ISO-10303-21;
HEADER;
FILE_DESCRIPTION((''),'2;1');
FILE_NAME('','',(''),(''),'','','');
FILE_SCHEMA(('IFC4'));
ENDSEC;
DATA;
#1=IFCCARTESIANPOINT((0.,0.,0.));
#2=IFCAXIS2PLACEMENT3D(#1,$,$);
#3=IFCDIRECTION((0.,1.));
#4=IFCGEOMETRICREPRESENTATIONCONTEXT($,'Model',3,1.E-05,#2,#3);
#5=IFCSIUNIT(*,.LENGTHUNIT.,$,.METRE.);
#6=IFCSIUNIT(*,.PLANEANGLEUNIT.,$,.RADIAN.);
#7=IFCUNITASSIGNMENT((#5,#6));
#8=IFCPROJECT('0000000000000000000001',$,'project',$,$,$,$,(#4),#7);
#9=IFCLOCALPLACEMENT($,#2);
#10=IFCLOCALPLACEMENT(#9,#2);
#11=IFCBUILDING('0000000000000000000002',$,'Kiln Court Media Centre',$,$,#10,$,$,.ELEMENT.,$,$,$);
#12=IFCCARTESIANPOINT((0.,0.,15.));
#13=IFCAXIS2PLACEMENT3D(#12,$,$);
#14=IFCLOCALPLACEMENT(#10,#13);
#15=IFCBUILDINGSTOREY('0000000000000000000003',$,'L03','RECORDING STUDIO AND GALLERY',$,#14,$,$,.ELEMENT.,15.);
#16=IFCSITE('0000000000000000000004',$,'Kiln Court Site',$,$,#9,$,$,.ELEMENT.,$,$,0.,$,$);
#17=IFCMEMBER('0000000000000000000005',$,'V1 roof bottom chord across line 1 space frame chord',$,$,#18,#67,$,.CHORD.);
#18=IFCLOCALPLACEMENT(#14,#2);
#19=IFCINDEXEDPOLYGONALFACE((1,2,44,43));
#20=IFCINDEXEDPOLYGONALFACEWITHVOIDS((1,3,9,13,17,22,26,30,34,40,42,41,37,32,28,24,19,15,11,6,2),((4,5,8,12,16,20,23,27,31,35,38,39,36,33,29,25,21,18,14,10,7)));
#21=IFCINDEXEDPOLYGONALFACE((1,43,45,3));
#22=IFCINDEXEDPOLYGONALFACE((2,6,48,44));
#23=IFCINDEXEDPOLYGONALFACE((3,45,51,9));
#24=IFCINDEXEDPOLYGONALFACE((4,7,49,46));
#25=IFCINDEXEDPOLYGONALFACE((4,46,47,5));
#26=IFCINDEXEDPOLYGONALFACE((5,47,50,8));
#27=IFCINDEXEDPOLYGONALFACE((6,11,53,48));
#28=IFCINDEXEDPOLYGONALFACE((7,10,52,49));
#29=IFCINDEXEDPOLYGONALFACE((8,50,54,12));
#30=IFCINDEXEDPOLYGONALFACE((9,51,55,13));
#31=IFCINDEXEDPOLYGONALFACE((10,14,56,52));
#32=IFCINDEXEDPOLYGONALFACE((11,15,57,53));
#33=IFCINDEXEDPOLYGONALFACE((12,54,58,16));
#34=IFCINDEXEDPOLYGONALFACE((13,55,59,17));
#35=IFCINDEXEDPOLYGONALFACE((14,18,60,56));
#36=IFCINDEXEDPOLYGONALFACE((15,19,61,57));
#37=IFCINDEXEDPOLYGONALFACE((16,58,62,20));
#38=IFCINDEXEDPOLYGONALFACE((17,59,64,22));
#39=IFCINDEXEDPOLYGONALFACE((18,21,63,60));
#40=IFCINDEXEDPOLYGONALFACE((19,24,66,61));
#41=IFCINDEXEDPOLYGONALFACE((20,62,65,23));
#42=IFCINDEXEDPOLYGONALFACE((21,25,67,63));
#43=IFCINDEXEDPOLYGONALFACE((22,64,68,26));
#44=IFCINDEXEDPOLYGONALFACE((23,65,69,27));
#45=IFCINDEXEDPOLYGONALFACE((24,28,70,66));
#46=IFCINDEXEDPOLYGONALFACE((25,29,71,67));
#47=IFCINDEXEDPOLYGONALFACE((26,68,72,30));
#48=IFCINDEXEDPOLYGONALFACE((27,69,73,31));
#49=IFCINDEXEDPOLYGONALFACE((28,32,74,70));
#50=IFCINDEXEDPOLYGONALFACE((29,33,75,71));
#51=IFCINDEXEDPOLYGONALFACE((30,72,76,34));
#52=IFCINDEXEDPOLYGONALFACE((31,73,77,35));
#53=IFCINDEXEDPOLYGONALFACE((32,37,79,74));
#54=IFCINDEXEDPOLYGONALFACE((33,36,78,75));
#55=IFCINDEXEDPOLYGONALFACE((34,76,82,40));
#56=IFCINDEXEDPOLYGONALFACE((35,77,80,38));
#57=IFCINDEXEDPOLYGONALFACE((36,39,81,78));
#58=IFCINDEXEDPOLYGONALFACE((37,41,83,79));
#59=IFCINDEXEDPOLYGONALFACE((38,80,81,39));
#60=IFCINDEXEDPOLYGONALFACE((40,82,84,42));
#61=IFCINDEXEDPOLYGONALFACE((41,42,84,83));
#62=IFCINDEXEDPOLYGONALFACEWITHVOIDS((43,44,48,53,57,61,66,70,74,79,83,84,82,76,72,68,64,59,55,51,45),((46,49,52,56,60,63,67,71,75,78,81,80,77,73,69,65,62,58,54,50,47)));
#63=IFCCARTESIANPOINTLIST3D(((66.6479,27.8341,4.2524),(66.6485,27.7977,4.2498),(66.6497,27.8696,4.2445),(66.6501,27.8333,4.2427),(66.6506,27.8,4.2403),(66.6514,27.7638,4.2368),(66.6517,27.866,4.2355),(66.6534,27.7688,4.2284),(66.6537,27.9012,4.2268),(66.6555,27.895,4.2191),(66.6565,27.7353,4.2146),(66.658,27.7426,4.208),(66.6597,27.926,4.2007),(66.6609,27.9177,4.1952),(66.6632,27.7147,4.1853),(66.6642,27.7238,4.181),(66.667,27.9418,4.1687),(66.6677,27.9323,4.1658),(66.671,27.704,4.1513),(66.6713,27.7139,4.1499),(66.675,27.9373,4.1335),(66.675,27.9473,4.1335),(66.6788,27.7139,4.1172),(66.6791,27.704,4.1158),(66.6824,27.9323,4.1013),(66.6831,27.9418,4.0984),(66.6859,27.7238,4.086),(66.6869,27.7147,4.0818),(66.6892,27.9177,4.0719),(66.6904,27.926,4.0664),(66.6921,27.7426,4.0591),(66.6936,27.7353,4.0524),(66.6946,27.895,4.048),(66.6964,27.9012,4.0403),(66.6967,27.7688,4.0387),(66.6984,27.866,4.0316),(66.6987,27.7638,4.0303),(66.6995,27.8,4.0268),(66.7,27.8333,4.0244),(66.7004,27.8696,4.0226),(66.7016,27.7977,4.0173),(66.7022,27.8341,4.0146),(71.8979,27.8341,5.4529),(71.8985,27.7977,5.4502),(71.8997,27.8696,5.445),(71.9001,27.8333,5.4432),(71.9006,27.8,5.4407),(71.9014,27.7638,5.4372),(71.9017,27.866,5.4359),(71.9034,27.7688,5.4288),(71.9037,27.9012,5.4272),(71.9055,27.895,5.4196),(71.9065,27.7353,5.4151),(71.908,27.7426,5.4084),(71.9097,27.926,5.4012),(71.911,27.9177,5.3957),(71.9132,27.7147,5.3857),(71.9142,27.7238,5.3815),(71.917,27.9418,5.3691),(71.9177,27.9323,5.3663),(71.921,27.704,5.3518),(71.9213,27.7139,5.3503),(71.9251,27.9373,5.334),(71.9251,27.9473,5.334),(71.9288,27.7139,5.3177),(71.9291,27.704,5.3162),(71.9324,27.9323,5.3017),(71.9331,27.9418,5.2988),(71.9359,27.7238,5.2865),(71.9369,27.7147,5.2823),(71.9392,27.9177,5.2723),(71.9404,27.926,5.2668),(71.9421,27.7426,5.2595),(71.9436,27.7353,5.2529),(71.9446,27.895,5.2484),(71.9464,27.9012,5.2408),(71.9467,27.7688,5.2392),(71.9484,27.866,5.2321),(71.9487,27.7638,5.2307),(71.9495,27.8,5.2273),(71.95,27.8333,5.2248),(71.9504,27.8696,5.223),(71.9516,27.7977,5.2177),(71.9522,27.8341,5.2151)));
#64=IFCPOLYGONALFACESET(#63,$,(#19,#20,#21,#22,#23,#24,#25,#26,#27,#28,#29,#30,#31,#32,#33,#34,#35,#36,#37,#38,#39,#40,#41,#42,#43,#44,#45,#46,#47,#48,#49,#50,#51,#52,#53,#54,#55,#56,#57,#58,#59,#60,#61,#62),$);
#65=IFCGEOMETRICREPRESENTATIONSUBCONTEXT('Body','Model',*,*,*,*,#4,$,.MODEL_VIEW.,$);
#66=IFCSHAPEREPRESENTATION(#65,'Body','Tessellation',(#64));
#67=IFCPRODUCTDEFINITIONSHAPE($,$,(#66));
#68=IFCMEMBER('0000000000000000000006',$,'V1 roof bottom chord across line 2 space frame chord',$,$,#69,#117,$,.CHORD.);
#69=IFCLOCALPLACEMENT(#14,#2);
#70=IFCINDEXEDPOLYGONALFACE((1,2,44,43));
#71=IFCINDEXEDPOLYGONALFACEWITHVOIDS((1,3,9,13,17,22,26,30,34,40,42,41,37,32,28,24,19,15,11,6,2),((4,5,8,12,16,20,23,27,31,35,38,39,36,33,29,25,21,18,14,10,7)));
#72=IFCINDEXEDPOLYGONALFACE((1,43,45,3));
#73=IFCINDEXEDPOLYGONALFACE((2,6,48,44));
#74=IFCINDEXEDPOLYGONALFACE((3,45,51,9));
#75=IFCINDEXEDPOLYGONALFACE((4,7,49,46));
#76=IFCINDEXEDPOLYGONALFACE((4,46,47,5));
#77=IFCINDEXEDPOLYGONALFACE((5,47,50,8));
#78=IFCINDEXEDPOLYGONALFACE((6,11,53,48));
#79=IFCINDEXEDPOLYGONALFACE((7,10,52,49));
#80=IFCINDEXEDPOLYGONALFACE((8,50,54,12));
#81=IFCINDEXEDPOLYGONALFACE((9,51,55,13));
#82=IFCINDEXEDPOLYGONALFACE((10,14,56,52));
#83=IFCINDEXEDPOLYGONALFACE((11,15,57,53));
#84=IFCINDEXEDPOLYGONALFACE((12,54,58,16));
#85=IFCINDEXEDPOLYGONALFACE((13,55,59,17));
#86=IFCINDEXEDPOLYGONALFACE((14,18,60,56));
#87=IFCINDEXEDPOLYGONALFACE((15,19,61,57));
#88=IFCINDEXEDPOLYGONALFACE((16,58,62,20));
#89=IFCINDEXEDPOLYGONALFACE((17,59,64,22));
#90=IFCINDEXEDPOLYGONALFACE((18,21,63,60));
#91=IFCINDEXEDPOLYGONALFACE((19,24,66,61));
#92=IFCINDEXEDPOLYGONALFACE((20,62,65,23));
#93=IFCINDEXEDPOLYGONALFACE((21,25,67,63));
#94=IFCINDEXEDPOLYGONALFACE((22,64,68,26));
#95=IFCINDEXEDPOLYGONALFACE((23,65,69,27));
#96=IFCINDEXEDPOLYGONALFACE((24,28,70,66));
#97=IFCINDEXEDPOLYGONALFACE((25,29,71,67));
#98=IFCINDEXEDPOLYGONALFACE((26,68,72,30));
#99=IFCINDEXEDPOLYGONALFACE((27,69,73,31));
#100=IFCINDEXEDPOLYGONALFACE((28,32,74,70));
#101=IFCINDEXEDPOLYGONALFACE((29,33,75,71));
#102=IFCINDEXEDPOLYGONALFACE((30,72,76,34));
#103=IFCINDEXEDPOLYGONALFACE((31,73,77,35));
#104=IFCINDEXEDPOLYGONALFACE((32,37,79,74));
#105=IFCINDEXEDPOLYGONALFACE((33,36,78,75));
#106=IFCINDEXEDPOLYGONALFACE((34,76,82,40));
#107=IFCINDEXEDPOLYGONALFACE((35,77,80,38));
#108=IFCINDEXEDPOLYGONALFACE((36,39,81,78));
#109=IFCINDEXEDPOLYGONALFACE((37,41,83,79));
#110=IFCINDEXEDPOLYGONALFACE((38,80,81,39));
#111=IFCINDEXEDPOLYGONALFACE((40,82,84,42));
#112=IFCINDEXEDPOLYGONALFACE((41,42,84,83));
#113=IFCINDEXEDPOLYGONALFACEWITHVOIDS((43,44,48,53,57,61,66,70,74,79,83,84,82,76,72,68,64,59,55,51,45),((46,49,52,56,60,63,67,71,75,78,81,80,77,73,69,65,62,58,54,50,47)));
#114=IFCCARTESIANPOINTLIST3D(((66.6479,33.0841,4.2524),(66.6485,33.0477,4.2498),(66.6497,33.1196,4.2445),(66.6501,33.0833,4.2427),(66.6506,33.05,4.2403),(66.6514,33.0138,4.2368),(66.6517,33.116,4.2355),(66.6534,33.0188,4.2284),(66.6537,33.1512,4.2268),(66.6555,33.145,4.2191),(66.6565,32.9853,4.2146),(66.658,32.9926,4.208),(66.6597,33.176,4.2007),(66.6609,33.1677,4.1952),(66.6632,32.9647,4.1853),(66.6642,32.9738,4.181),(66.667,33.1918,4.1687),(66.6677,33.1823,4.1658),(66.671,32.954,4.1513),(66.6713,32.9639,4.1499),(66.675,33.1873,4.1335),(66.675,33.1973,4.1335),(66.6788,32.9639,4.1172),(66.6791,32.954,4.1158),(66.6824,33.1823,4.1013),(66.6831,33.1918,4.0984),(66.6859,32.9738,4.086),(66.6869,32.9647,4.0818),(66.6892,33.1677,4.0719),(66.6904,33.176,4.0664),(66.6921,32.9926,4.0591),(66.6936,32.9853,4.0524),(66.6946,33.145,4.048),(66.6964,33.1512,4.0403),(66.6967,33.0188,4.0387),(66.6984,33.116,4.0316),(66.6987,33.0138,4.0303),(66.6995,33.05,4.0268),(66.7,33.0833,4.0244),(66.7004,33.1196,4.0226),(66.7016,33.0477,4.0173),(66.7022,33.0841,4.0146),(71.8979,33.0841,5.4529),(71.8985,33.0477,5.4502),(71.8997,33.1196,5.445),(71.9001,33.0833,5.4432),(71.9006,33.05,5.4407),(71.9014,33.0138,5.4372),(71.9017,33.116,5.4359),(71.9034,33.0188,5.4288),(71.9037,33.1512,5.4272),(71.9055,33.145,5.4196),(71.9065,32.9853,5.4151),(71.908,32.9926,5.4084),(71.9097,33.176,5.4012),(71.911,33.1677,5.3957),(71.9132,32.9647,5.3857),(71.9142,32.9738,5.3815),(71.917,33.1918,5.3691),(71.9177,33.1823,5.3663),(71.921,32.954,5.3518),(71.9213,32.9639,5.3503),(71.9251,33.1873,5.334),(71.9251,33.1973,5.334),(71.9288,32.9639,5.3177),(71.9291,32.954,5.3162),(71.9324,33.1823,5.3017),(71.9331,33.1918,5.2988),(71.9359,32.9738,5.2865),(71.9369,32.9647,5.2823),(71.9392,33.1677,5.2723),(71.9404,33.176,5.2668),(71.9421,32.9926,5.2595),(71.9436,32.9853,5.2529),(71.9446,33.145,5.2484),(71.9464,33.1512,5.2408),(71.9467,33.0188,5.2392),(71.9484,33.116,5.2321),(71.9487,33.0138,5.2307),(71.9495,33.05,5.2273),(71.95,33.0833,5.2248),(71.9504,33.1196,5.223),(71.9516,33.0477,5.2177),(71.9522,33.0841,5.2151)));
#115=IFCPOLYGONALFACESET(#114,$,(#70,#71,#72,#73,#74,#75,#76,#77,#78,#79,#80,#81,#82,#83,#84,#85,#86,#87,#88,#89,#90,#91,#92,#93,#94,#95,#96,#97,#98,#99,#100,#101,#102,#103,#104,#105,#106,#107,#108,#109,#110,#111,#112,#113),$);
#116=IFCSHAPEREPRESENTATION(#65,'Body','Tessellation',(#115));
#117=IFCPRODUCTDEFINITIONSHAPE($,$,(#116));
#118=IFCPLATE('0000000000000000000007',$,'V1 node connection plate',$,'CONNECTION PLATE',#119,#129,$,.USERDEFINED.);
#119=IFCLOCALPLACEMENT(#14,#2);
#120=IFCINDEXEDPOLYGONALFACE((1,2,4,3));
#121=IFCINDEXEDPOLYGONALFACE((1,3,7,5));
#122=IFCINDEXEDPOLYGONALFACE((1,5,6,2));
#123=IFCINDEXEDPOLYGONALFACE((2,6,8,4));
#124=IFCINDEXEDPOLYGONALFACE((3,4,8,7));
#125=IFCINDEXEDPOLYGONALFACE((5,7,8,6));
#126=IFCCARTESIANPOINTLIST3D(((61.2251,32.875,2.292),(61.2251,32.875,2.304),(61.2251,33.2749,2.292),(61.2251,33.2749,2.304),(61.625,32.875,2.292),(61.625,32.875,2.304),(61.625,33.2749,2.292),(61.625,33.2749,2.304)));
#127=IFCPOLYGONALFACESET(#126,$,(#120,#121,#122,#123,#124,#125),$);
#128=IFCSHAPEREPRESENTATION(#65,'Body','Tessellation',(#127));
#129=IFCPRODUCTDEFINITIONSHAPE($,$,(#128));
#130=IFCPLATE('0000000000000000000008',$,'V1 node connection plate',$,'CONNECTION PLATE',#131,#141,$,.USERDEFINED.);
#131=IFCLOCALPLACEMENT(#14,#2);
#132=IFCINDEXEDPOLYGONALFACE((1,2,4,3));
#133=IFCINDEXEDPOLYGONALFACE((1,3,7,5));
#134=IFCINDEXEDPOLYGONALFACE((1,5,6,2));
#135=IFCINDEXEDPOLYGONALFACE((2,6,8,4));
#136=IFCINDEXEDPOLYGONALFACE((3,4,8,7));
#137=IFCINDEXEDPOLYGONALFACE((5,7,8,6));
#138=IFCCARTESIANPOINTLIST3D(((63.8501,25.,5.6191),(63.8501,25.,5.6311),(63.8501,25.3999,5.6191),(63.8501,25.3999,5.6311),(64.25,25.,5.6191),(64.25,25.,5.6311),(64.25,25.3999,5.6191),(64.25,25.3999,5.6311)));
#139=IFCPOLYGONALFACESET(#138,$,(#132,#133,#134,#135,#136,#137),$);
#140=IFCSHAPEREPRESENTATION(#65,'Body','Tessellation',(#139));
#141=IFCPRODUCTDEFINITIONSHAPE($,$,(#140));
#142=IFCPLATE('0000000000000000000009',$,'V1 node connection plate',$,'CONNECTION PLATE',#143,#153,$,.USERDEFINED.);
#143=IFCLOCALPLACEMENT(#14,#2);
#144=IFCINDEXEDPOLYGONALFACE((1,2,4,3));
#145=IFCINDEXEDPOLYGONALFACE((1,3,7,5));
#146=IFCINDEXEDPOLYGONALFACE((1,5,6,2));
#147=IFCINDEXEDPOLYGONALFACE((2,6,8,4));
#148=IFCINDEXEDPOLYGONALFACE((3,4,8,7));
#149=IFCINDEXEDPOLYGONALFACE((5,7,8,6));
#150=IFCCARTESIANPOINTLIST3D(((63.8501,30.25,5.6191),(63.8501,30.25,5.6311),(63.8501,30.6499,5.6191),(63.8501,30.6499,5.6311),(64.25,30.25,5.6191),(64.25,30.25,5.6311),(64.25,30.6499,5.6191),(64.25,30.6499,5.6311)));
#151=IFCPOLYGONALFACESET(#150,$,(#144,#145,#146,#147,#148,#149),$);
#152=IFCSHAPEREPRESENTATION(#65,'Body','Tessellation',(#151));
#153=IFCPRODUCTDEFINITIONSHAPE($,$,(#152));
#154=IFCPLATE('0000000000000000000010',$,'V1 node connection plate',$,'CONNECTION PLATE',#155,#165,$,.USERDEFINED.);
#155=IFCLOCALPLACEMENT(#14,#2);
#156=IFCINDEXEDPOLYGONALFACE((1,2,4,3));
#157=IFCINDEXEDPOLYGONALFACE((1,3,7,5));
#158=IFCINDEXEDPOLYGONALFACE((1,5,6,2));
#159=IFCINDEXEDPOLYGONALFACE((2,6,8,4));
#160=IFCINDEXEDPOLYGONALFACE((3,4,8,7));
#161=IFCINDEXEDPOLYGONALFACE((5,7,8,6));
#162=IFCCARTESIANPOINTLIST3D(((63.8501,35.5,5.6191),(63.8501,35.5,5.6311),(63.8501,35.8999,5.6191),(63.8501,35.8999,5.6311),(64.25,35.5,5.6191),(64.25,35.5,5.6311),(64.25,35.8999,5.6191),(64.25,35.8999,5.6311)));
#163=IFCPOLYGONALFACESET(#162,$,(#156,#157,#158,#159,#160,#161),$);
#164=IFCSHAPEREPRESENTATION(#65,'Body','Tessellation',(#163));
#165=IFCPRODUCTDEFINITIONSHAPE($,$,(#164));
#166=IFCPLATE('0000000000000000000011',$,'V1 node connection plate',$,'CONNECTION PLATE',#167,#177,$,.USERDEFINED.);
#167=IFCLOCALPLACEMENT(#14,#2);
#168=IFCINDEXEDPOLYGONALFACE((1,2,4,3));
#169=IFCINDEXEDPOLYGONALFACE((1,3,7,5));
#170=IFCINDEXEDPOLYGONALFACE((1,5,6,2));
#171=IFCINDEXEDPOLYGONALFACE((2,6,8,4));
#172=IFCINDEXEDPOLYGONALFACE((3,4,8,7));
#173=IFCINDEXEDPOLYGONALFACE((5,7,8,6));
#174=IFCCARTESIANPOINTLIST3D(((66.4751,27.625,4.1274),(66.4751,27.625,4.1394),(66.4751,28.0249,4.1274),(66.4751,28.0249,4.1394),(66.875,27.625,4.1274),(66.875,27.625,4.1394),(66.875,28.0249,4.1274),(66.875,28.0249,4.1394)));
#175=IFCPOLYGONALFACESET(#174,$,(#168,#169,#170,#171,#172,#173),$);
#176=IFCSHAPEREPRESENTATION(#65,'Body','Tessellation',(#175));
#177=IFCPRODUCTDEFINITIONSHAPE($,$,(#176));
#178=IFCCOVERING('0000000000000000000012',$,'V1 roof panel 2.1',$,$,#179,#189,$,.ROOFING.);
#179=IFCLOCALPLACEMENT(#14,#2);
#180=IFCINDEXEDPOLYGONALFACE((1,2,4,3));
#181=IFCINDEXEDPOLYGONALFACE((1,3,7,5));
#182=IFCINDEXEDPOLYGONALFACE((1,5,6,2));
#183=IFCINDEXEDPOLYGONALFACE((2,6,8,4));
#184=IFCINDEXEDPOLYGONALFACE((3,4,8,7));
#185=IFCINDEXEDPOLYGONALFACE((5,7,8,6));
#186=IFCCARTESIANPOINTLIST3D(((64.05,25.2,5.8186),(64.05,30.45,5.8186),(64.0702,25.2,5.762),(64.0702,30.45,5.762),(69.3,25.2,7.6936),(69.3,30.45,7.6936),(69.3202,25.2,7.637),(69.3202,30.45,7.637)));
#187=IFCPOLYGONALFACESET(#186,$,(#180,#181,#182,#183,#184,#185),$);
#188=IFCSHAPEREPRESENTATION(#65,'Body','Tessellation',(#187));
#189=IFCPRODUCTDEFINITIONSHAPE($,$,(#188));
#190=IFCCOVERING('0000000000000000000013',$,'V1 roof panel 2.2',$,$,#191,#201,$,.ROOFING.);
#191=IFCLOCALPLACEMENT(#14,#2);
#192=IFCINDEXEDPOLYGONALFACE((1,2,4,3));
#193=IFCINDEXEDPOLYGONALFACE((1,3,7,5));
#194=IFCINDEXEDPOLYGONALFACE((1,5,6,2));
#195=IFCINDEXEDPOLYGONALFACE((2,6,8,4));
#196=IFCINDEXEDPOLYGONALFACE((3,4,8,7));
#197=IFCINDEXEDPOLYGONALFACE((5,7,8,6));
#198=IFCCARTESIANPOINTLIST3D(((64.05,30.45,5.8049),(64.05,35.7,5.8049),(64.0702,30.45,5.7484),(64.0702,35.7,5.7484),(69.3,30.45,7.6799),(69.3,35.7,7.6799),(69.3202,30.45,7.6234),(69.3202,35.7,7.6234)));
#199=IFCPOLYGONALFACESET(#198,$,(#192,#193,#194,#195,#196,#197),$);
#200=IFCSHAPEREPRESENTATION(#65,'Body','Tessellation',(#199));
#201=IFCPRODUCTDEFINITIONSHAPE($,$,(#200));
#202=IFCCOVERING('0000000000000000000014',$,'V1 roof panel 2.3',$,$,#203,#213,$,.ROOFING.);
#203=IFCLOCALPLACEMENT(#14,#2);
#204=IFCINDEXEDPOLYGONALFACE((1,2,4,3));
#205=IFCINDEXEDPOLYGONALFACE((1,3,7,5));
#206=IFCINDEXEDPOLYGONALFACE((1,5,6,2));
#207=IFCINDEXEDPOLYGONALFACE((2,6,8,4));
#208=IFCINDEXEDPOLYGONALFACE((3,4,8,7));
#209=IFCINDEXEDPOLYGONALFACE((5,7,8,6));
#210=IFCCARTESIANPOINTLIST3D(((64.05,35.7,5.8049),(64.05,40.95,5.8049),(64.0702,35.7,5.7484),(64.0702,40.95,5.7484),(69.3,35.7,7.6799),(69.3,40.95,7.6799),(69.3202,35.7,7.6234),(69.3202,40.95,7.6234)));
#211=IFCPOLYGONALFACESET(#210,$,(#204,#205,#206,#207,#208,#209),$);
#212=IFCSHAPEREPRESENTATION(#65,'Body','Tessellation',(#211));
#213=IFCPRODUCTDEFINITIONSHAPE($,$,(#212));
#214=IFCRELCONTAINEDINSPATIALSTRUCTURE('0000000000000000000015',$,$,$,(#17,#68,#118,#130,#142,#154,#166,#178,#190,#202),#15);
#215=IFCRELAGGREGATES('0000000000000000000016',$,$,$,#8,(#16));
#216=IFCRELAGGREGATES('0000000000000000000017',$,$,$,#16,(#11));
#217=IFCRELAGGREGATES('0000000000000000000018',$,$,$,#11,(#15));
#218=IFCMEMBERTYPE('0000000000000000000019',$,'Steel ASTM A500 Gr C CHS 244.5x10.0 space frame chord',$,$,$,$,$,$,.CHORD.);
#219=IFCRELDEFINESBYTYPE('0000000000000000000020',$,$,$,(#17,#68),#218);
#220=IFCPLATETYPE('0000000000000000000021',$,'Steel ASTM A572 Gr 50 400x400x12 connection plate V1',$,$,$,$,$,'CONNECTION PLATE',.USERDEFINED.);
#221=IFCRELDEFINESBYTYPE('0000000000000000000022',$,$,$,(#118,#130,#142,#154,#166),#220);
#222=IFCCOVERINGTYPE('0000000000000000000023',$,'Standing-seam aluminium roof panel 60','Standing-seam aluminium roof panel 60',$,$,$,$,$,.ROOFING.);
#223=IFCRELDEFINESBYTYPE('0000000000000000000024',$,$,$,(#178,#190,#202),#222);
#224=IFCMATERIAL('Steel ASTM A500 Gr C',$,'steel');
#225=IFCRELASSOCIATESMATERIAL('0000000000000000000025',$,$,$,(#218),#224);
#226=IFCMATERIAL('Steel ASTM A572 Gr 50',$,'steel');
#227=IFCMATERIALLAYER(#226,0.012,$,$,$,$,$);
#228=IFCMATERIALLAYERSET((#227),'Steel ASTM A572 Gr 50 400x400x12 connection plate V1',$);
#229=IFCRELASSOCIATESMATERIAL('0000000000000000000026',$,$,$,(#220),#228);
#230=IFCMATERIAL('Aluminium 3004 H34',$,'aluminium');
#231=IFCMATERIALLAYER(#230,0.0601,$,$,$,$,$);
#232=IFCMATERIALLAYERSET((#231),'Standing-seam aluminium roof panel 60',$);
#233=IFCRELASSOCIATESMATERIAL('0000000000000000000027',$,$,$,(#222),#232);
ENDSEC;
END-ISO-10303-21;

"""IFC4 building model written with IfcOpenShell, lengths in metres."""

from ifc_helpers import new_model, si_unit, direction, frame, origin, origin_2d, place, context, subcontext, project, spatial, polyline, rectangle, hollow_circle, outline, extrude, material, layer, layer_set, material_profile, profile_set, type_object, element, save


model = new_model("IFC4")

# Units and contexts
model_context = context("Model", 3, precision=1e-05, world=origin(), true_north=direction((0.0, 1.0)))
body_context = subcontext(model_context, "Body", "Model", "MODEL_VIEW")
ifc_project = project(units=[si_unit("LENGTHUNIT", "METRE"), si_unit("PLANEANGLEUNIT", "RADIAN")], contexts=[model_context])

# Site, building, storey
site_placement = place(None, origin())
site = spatial("IfcSite", under=ifc_project, at=site_placement, Name="Kiln Court Site", CompositionType="ELEMENT", RefElevation=0.0)
building_placement = place(site_placement, origin())
building = spatial("IfcBuilding", under=site, at=building_placement, Name="Kiln Court Media Centre", CompositionType="ELEMENT")
storey_placement = place(building_placement, frame((0.0, 0.0, 15.0)))
storey = spatial("IfcBuildingStorey", under=building, at=storey_placement, Name="L03", Description="RECORDING STUDIO AND GALLERY", CompositionType="ELEMENT", Elevation=15.0)

# Members
ifc_material_1 = material(Name="Steel ASTM A500 Gr C", Category="steel")
ifc_material_profile_1 = material_profile(ifc_material_1, hollow_circle(Radius=0.1223, WallThickness=0.01, at=origin_2d()), Name="CHS 244.5x10.0")
ifc_profile_set_1 = profile_set([ifc_material_profile_1], Name="Steel ASTM A500 Gr C")
member_type_1 = type_object("IfcMemberType", Name="Steel ASTM A500 Gr C CHS 244.5x10.0 space frame chord", PredefinedType="CHORD", material=ifc_profile_set_1)
for number, where, z_axis, x_axis, name in (
    (1, (66.675, 27.825, 4.1335), (0.974841, 0.0, 0.222902), (0.0, 1.0, 0.0), "V1 roof bottom chord across line 1 space frame chord"),
    (2, (66.675, 33.075, 4.1335), (0.974841, 0.0, 0.222902), (0.0, 1.0, 0.0), "V1 roof bottom chord across line 2 space frame chord"),
):
    element("IfcMember", number, at=place(storey_placement, frame(where, z_axis=z_axis, x_axis=x_axis)), inside=storey, type_object=member_type_1, Name=name, PredefinedType="CHORD", context=body_context, shape_type="SweptSolid", body=[
        extrude(hollow_circle(Radius=0.1223, WallThickness=0.01, at=origin_2d()), origin(), (0.0, 0.0, 1.0), 5.3855),
    ])

# Plates
ifc_material_2 = material(Name="Steel ASTM A572 Gr 50", Category="steel")
ifc_layer_1 = layer(ifc_material_2, 0.012)
ifc_layer_set_1 = layer_set([ifc_layer_1], Name="Steel ASTM A572 Gr 50 400x400x12 connection plate V1")
plate_type = type_object("IfcPlateType", Name="Steel ASTM A572 Gr 50 400x400x12 connection plate V1", ElementType="CONNECTION PLATE", PredefinedType="USERDEFINED", material=ifc_layer_set_1)
for number, where, z_axis, x_axis, name in (
    (3, (61.425, 33.075, 2.292), (0.0, 0.0, 1.0), (1.0, 0.0, 0.0), "V1 node connection plate"),
    (4, (64.05, 25.2, 5.6191), (0.0, 0.0, 1.0), (1.0, 0.0, 0.0), "V1 node connection plate"),
    (5, (64.05, 30.45, 5.6191), (0.0, 0.0, 1.0), (1.0, 0.0, 0.0), "V1 node connection plate"),
    (6, (64.05, 35.7, 5.6191), (0.0, 0.0, 1.0), (1.0, 0.0, 0.0), "V1 node connection plate"),
    (7, (66.675, 27.825, 4.1274), (0.0, 0.0, 1.0), (1.0, 0.0, 0.0), "V1 node connection plate"),
):
    element("IfcPlate", number, at=place(storey_placement, frame(where, z_axis=z_axis, x_axis=x_axis)), inside=storey, type_object=plate_type, Name=name, ObjectType="CONNECTION PLATE", PredefinedType="USERDEFINED", context=body_context, shape_type="SweptSolid", body=[
        extrude(rectangle(XDim=0.3999, YDim=0.3999, at=origin_2d()), origin(), (0.0, 0.0, 1.0), 0.012),
    ])

# Coverings
ifc_material_3 = material(Name="Aluminium 3004 H34", Category="aluminium")
ifc_layer_2 = layer(ifc_material_3, 0.0601)
ifc_layer_set_2 = layer_set([ifc_layer_2], Name="Standing-seam aluminium roof panel 60")
covering_type = type_object("IfcCoveringType", Name="Standing-seam aluminium roof panel 60", Description="Standing-seam aluminium roof panel 60", PredefinedType="ROOFING", material=ifc_layer_set_2)
for number, where, z_axis, x_axis, name in (
    (8, (64.05, 25.2, 5.8186), (-0.336336, 0.0, 0.941742), (0.941742, 0.0, 0.336336), "V1 roof panel 2.1"),
    (9, (64.05, 30.45, 5.8049), (-0.336336, 0.0, 0.941742), (0.941742, 0.0, 0.336336), "V1 roof panel 2.2"),
    (10, (64.05, 35.7, 5.8049), (-0.336336, 0.0, 0.941742), (0.941742, 0.0, 0.336336), "V1 roof panel 2.3"),
):
    element("IfcCovering", number, at=place(storey_placement, frame(where, z_axis=z_axis, x_axis=x_axis)), inside=storey, type_object=covering_type, Name=name, PredefinedType="ROOFING", context=body_context, shape_type="SweptSolid", body=[
        extrude(outline(polyline([(0.0, 0.0), (5.5748, 0.0), (5.5748, 5.25), (0.0, 5.25), (0.0, 0.0)])), origin(), (0.0, 0.0, -1.0), 0.0601),
    ])

save(model, "model.ifc")
